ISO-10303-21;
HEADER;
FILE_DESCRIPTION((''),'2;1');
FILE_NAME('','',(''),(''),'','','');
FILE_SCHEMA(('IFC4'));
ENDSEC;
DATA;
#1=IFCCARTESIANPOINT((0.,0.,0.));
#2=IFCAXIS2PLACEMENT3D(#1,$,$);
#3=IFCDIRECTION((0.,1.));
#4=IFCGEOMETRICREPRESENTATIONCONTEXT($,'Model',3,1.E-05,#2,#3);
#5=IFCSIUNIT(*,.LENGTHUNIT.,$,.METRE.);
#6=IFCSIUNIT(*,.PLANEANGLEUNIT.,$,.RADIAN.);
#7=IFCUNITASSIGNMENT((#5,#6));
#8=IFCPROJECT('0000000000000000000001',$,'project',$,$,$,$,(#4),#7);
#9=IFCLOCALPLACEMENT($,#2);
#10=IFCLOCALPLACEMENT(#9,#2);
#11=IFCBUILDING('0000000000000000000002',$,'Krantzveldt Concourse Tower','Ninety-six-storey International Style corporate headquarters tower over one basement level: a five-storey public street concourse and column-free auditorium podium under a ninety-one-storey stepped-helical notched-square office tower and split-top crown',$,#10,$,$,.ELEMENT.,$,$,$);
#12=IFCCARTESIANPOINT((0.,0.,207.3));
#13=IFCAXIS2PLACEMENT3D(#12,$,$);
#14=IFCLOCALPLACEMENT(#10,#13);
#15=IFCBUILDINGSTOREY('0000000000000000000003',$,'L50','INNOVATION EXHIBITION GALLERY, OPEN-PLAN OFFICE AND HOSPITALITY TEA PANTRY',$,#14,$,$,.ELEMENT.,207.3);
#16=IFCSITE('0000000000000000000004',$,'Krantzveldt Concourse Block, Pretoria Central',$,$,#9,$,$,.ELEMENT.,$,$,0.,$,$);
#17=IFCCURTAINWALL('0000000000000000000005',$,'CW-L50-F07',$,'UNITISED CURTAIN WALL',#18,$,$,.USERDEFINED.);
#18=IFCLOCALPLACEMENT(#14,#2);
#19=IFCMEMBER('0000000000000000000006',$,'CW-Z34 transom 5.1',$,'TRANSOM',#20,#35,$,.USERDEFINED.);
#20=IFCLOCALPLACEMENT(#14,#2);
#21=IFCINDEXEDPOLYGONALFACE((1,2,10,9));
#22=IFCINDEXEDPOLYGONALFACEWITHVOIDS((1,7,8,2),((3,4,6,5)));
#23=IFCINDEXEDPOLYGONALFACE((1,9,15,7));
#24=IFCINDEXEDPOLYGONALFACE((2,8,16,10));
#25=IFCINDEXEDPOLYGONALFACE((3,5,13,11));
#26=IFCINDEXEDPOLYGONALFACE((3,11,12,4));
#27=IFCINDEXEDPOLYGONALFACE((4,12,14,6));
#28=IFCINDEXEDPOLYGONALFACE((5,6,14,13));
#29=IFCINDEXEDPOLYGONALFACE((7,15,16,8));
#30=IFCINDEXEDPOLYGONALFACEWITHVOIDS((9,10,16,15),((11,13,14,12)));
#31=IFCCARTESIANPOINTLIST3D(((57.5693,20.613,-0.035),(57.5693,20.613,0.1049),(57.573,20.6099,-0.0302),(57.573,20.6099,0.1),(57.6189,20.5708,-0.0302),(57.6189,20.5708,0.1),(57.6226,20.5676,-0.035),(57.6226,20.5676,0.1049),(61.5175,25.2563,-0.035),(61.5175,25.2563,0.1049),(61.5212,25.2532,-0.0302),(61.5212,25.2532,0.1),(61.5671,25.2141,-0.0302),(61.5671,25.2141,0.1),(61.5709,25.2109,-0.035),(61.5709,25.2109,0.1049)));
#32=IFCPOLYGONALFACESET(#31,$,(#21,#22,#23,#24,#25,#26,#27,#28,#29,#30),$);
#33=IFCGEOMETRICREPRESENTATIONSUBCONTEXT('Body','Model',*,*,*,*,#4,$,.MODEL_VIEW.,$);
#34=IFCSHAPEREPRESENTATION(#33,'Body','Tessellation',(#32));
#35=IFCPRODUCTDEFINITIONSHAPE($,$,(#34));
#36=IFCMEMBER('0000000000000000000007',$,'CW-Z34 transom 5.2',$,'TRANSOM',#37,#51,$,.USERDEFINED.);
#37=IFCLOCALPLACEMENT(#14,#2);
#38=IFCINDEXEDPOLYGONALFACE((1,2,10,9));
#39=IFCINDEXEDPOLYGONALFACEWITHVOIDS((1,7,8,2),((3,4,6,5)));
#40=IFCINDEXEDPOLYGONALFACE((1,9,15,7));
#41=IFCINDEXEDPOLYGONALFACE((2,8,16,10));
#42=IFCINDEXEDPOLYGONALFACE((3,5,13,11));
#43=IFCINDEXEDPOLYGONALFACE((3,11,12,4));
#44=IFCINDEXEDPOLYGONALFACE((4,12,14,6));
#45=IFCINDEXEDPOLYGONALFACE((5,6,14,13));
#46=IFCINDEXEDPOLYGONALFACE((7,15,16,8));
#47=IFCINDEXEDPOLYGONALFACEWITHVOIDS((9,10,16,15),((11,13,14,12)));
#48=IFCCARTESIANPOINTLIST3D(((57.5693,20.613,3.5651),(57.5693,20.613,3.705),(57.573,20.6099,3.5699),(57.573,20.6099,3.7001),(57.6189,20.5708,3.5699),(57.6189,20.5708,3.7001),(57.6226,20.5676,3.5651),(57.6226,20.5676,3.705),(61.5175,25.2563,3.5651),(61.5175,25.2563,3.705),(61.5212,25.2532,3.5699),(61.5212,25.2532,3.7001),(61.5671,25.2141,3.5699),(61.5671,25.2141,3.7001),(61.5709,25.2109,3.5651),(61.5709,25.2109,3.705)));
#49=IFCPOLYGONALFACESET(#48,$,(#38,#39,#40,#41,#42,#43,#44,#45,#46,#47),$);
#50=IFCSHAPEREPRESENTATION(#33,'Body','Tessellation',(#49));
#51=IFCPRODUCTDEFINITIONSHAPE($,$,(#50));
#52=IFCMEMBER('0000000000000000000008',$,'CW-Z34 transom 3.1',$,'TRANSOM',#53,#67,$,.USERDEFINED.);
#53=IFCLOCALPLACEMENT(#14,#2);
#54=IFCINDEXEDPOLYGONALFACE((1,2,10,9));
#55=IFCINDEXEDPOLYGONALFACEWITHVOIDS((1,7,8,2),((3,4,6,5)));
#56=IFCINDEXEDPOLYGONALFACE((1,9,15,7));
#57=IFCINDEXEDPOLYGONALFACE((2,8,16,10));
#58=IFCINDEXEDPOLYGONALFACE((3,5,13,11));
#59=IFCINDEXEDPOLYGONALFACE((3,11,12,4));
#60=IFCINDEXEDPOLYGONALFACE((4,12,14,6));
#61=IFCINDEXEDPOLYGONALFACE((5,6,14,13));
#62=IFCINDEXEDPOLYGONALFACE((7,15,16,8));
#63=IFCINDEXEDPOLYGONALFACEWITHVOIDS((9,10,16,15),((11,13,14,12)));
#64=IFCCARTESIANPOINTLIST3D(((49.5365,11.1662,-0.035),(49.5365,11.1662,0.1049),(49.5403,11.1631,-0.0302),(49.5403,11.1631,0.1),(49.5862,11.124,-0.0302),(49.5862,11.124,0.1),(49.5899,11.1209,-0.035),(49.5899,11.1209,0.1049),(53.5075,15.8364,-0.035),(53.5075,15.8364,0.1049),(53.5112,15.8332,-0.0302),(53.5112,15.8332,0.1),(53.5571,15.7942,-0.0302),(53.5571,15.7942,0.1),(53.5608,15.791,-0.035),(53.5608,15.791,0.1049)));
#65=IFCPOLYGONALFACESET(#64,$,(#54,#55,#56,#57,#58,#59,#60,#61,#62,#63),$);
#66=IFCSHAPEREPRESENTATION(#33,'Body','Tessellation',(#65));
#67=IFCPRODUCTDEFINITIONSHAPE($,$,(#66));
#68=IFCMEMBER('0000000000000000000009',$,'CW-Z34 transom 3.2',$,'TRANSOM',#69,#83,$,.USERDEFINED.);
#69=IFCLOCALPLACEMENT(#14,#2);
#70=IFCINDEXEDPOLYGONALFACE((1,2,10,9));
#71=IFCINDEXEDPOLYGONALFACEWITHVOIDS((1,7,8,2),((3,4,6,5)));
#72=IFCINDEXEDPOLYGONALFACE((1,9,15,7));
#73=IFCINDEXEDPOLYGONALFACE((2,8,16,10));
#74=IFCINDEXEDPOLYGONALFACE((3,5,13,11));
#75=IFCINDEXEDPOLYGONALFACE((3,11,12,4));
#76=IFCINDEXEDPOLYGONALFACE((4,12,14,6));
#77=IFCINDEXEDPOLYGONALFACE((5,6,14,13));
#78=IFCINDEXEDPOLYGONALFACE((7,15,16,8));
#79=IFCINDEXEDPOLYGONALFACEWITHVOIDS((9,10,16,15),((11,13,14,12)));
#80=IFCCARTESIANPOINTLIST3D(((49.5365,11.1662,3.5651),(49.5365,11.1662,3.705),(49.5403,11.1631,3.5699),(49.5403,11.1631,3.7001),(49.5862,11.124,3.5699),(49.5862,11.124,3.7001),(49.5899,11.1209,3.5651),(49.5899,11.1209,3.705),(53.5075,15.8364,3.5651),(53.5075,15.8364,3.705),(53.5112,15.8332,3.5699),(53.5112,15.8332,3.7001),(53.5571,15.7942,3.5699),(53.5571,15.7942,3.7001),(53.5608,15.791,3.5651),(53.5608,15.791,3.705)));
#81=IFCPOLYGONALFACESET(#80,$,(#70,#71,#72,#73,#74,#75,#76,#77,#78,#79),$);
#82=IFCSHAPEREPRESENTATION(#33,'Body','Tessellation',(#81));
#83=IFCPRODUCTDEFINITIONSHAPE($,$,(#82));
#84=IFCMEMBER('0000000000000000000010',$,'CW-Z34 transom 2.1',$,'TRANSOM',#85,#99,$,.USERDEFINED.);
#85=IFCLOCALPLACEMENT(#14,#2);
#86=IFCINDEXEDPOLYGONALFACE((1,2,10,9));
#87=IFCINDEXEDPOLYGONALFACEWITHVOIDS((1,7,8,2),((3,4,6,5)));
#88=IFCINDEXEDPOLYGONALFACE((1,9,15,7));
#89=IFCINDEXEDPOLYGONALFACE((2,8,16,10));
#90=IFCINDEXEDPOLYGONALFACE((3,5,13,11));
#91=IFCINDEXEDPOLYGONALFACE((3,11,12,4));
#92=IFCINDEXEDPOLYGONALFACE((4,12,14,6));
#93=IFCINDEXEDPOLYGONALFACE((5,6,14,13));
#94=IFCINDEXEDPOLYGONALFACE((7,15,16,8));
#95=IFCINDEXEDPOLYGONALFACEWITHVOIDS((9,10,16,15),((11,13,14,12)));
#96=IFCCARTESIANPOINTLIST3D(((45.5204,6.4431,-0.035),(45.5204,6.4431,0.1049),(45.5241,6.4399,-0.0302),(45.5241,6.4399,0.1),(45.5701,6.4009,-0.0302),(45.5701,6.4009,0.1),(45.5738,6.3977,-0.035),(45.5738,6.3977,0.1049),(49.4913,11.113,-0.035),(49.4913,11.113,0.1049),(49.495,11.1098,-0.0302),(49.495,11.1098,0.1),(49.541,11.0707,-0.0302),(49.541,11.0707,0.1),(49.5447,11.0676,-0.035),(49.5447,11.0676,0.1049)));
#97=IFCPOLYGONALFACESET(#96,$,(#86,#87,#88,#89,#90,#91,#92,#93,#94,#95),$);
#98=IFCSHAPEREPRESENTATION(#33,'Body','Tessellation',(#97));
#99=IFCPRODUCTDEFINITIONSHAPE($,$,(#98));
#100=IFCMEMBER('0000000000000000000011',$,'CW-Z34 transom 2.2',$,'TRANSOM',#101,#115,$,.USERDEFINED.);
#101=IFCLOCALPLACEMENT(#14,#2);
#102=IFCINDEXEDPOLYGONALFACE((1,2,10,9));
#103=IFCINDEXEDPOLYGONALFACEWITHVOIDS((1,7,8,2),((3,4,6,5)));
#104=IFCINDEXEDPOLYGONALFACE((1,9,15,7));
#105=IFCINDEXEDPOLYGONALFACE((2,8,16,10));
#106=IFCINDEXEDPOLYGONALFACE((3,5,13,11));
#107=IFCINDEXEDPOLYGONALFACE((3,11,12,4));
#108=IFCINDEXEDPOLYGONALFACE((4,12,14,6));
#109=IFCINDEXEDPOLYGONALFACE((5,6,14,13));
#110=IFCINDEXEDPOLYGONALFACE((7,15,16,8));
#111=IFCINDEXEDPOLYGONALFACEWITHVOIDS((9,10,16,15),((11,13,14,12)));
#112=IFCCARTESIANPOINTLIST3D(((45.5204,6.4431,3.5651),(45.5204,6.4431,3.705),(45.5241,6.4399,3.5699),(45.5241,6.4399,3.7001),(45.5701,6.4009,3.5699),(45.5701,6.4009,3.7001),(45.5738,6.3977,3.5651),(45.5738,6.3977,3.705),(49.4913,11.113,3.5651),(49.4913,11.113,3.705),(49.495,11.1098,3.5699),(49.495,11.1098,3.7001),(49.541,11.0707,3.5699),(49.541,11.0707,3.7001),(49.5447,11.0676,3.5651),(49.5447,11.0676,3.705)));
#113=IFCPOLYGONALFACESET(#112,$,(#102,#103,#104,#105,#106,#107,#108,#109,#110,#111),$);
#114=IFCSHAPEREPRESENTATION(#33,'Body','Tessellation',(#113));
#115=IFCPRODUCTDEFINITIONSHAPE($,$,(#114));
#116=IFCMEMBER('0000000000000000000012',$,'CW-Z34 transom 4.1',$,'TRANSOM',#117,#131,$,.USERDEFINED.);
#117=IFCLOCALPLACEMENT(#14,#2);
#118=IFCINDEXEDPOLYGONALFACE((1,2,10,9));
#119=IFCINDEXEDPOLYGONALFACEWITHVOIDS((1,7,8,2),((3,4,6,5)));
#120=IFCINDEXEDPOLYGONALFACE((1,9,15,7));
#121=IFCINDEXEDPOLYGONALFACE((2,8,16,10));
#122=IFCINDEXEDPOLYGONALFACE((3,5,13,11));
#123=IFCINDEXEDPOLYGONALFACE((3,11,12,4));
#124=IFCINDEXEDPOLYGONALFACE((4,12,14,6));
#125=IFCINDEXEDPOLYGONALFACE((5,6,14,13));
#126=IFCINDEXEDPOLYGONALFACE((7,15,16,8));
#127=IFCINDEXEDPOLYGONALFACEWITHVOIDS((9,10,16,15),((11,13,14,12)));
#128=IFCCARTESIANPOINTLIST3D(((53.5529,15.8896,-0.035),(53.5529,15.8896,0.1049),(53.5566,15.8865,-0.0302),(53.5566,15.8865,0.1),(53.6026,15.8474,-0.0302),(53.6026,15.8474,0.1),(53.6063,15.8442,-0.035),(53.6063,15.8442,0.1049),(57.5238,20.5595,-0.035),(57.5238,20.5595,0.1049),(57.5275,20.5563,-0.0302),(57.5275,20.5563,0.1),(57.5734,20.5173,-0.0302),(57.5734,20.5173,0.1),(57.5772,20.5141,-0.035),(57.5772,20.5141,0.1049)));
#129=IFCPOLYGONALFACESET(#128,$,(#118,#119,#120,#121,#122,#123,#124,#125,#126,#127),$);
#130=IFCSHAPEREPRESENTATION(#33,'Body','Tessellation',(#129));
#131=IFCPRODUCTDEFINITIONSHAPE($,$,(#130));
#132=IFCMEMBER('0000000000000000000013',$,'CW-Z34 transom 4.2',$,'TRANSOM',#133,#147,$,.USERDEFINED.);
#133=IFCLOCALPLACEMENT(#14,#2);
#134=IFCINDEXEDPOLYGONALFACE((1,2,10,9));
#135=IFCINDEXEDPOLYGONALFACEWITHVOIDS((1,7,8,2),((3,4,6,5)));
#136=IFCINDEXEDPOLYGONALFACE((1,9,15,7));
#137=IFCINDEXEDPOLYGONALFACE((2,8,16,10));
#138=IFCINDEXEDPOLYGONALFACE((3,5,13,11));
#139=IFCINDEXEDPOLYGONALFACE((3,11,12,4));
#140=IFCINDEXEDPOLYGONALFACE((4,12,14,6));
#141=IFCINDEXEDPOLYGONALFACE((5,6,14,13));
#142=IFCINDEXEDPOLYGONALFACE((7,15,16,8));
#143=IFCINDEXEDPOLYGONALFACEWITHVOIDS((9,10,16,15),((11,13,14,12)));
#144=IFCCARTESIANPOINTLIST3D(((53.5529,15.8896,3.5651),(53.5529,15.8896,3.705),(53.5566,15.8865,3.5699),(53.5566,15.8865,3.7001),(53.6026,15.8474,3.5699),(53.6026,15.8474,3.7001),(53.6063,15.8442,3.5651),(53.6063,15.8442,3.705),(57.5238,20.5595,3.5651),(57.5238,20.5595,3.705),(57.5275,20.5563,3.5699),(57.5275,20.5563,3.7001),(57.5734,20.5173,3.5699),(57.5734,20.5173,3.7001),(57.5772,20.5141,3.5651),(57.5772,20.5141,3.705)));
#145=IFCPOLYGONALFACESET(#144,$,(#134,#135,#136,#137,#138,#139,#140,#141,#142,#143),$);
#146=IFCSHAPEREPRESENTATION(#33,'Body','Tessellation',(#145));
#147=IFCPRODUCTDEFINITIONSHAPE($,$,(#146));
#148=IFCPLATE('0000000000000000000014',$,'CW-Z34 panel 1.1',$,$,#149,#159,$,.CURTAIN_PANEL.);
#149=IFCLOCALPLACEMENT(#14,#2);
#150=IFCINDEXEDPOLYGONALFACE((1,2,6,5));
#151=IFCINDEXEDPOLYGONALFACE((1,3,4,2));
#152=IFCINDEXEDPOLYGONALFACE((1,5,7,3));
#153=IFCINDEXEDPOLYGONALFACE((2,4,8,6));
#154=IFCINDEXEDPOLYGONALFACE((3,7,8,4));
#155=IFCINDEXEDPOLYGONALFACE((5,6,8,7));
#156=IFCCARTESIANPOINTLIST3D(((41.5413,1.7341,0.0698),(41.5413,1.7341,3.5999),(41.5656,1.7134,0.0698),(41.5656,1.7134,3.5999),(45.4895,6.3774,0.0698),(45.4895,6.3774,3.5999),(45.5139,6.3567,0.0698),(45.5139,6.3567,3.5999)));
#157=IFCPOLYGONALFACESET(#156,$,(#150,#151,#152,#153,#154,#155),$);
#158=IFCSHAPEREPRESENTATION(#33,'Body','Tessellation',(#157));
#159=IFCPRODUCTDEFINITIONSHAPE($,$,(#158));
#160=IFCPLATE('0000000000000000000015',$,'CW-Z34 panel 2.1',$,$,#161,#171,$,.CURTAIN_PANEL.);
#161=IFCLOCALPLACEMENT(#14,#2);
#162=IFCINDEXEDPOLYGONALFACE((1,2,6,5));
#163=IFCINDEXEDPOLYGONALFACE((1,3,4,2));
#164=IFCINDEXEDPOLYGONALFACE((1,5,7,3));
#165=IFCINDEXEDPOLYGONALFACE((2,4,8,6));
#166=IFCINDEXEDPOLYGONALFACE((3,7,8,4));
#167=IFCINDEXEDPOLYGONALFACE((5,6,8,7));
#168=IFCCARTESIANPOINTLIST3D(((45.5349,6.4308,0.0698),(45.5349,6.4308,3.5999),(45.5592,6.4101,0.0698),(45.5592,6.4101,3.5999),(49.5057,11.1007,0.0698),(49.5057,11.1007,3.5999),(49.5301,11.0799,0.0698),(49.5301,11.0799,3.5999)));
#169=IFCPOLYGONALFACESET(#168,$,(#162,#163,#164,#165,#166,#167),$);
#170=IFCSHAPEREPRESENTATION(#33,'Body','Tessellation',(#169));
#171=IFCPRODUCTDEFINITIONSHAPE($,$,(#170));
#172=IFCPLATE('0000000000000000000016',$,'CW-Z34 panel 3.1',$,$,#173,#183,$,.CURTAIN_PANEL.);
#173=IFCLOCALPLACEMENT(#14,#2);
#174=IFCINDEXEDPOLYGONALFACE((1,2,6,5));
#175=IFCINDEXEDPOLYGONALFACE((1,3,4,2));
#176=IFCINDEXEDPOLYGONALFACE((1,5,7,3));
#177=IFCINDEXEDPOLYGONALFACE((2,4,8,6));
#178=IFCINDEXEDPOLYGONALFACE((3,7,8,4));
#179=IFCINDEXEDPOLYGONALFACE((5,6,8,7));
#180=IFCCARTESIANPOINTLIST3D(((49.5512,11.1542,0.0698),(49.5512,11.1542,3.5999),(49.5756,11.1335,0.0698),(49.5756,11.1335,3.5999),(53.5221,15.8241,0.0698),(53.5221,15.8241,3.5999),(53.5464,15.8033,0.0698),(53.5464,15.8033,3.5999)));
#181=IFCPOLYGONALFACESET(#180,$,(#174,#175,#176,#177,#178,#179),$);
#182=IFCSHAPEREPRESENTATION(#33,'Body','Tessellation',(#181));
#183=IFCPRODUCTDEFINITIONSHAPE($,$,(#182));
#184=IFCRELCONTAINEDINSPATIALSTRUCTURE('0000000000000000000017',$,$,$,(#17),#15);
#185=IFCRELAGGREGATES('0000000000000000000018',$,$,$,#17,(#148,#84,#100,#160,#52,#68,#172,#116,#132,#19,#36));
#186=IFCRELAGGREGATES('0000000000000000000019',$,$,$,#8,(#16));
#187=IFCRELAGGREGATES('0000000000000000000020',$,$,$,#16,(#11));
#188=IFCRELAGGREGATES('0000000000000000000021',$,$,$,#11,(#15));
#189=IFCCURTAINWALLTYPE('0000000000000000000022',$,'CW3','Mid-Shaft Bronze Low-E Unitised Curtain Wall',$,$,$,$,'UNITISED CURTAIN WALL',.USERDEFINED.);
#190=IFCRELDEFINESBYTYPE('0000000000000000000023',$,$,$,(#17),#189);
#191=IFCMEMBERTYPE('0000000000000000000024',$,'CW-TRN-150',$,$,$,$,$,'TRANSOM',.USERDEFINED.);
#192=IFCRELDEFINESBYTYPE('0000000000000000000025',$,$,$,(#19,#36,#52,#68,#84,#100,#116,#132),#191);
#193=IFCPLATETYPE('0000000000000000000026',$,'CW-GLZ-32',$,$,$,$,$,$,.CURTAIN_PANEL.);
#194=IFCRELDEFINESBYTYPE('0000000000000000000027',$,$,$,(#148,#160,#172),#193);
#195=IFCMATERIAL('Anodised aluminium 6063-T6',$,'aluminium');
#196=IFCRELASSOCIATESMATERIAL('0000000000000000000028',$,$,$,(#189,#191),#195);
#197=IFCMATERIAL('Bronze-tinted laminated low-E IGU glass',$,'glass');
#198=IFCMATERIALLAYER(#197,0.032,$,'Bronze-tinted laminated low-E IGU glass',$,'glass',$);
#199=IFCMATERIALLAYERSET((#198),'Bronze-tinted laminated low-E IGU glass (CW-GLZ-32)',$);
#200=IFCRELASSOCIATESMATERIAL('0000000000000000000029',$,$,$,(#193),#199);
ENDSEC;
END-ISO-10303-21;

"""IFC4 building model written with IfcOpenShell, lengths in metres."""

from ifc_helpers import new_model, si_unit, direction, frame, origin, origin_2d, place, context, subcontext, project, spatial, rectangle, hollow_rectangle, extrude, source, transform, mapped, material, layer, layer_set, material_profile, profile_set, type_object, type_shapes, element, aggregate, save


model = new_model("IFC4")

# Units and contexts
model_context = context("Model", 3, precision=1e-05, world=origin(), true_north=direction((0.0, 1.0)))
body_context = subcontext(model_context, "Body", "Model", "MODEL_VIEW")
ifc_project = project(units=[si_unit("LENGTHUNIT", "METRE"), si_unit("PLANEANGLEUNIT", "RADIAN")], contexts=[model_context])

# Site, building, storey
site_placement = place(None, origin())
site = spatial("IfcSite", under=ifc_project, at=site_placement, Name="Krantzveldt Concourse Block, Pretoria Central", CompositionType="ELEMENT", RefElevation=0.0)
building_placement = place(site_placement, origin())
building = spatial("IfcBuilding", under=site, at=building_placement, Name="Krantzveldt Concourse Tower", Description="Ninety-six-storey International Style corporate headquarters tower over one basement level: a five-storey public street concourse and column-free auditorium podium under a ninety-one-storey stepped-helical notched-square office tower and split-top crown", CompositionType="ELEMENT")
storey_placement = place(building_placement, frame((0.0, 0.0, 207.3)))
storey = spatial("IfcBuildingStorey", under=building, at=storey_placement, Name="L50", Description="INNOVATION EXHIBITION GALLERY, OPEN-PLAN OFFICE AND HOSPITALITY TEA PANTRY", CompositionType="ELEMENT", Elevation=207.3)

# Curtain wall, members, plates
ifc_material_1 = material(Name="Anodised aluminium 6063-T6", Category="aluminium")
curtain_wall_type = type_object("IfcCurtainWallType", Name="CW3", Description="Mid-Shaft Bronze Low-E Unitised Curtain Wall", ElementType="UNITISED CURTAIN WALL", PredefinedType="USERDEFINED", material=ifc_material_1)
curtain_wall_placement = place(storey_placement, origin())
curtain_wall = element("IfcCurtainWall", 1, at=curtain_wall_placement, inside=storey, type_object=curtain_wall_type, Name="CW-L50-F07", ObjectType="UNITISED CURTAIN WALL", PredefinedType="USERDEFINED")
ifc_material_profile_1 = material_profile(ifc_material_1, hollow_rectangle(XDim=0.0701, YDim=0.1399, WallThickness=0.0049, at=origin_2d()), Name="Anodised aluminium 6063-T6", Category="aluminium")
ifc_profile_set_1 = profile_set([ifc_material_profile_1], Name="Anodised aluminium 6063-T6 - ALU-TRAN 140x70x5")
member_type_1 = type_object("IfcMemberType", Name="CW-TRN-150", ElementType="TRANSOM", PredefinedType="USERDEFINED", material=ifc_profile_set_1)
shared_shape_1 = source(origin(), body_context, "Body", "SweptSolid", [
    extrude(hollow_rectangle(XDim=0.0701, YDim=0.1399, WallThickness=0.0049, at=origin_2d()), origin(), (0.0, 0.0, 1.0), 6.095),
])
member_1_placement = place(storey_placement, frame((57.5959, 20.5903, 0.0349), z_axis=(0.647784, 0.761824, 0.0), x_axis=(-0.761824, 0.647784, 0.0)))
member_1 = element("IfcMember", 2, at=member_1_placement, type_object=member_type_1, Name="CW-Z34 transom 5.1", ObjectType="TRANSOM", PredefinedType="USERDEFINED", context=body_context, shape_type="MappedRepresentation", body=[
    mapped(shared_shape_1, transform((0.0, 0.0, 0.0), x_axis=(1.0, 0.0, 0.0), y_axis=(0.0, 1.0, 0.0), z_axis=(0.0, 0.0, 1.0), scale=1.0)),
])
member_2_placement = place(storey_placement, frame((57.5959, 20.5903, 3.635), z_axis=(0.647784, 0.761824, 0.0), x_axis=(-0.761824, 0.647784, 0.0)))
member_2 = element("IfcMember", 3, at=member_2_placement, type_object=member_type_1, Name="CW-Z34 transom 5.2", ObjectType="TRANSOM", PredefinedType="USERDEFINED", context=body_context, shape_type="MappedRepresentation", body=[
    mapped(shared_shape_1, transform((0.0, 0.0, 0.0), x_axis=(1.0, 0.0, 0.0), y_axis=(0.0, 1.0, 0.0), z_axis=(0.0, 0.0, 1.0), scale=1.0)),
])
shared_shape_2 = source(origin(), body_context, "Body", "SweptSolid", [
    extrude(hollow_rectangle(XDim=0.0701, YDim=0.1399, WallThickness=0.0049, at=origin_2d()), origin(), (0.0, 0.0, 1.0), 6.1301),
])
member_3_placement = place(storey_placement, frame((49.5632, 11.1436, 0.0349), z_axis=(0.647772, 0.761834, 0.0), x_axis=(-0.761834, 0.647772, 0.0)))
member_3 = element("IfcMember", 4, at=member_3_placement, type_object=member_type_1, Name="CW-Z34 transom 3.1", ObjectType="TRANSOM", PredefinedType="USERDEFINED", context=body_context, shape_type="MappedRepresentation", body=[
    mapped(shared_shape_2, transform((0.0, 0.0, 0.0), x_axis=(1.0, 0.0, 0.0), y_axis=(0.0, 1.0, 0.0), z_axis=(0.0, 0.0, 1.0), scale=1.0)),
])
member_4_placement = place(storey_placement, frame((49.5632, 11.1436, 3.635), z_axis=(0.647772, 0.761834, 0.0), x_axis=(-0.761834, 0.647772, 0.0)))
member_4 = element("IfcMember", 5, at=member_4_placement, type_object=member_type_1, Name="CW-Z34 transom 3.2", ObjectType="TRANSOM", PredefinedType="USERDEFINED", context=body_context, shape_type="MappedRepresentation", body=[
    mapped(shared_shape_2, transform((0.0, 0.0, 0.0), x_axis=(1.0, 0.0, 0.0), y_axis=(0.0, 1.0, 0.0), z_axis=(0.0, 0.0, 1.0), scale=1.0)),
])
shared_shape_3 = source(origin(), body_context, "Body", "SweptSolid", [
    extrude(hollow_rectangle(XDim=0.0701, YDim=0.1399, WallThickness=0.0049, at=origin_2d()), origin(), (0.0, 0.0, 1.0), 6.1299),
])
type_shapes(member_type_1, [shared_shape_1, shared_shape_2, shared_shape_3])
member_5_placement = place(storey_placement, frame((45.5471, 6.4204, 0.0349), z_axis=(0.647792, 0.761817, 0.0), x_axis=(-0.761817, 0.647792, 0.0)))
member_5 = element("IfcMember", 6, at=member_5_placement, type_object=member_type_1, Name="CW-Z34 transom 2.1", ObjectType="TRANSOM", PredefinedType="USERDEFINED", context=body_context, shape_type="MappedRepresentation", body=[
    mapped(shared_shape_3, transform((0.0, 0.0, 0.0), x_axis=(1.0, 0.0, 0.0), y_axis=(0.0, 1.0, 0.0), z_axis=(0.0, 0.0, 1.0), scale=1.0)),
])
member_6_placement = place(storey_placement, frame((45.5471, 6.4204, 3.635), z_axis=(0.647792, 0.761817, 0.0), x_axis=(-0.761817, 0.647792, 0.0)))
member_6 = element("IfcMember", 7, at=member_6_placement, type_object=member_type_1, Name="CW-Z34 transom 2.2", ObjectType="TRANSOM", PredefinedType="USERDEFINED", context=body_context, shape_type="MappedRepresentation", body=[
    mapped(shared_shape_3, transform((0.0, 0.0, 0.0), x_axis=(1.0, 0.0, 0.0), y_axis=(0.0, 1.0, 0.0), z_axis=(0.0, 0.0, 1.0), scale=1.0)),
])
member_7_placement = place(storey_placement, frame((53.5796, 15.8669, 0.0349), z_axis=(0.647792, 0.761817, 0.0), x_axis=(-0.761817, 0.647792, 0.0)))
member_7 = element("IfcMember", 8, at=member_7_placement, type_object=member_type_1, Name="CW-Z34 transom 4.1", ObjectType="TRANSOM", PredefinedType="USERDEFINED", context=body_context, shape_type="MappedRepresentation", body=[
    mapped(shared_shape_3, transform((0.0, 0.0, 0.0), x_axis=(1.0, 0.0, 0.0), y_axis=(0.0, 1.0, 0.0), z_axis=(0.0, 0.0, 1.0), scale=1.0)),
])
member_8_placement = place(storey_placement, frame((53.5796, 15.8669, 3.635), z_axis=(0.647792, 0.761817, 0.0), x_axis=(-0.761817, 0.647792, 0.0)))
member_8 = element("IfcMember", 9, at=member_8_placement, type_object=member_type_1, Name="CW-Z34 transom 4.2", ObjectType="TRANSOM", PredefinedType="USERDEFINED", context=body_context, shape_type="MappedRepresentation", body=[
    mapped(shared_shape_3, transform((0.0, 0.0, 0.0), x_axis=(1.0, 0.0, 0.0), y_axis=(0.0, 1.0, 0.0), z_axis=(0.0, 0.0, 1.0), scale=1.0)),
])
ifc_material_2 = material(Name="Bronze-tinted laminated low-E IGU glass", Category="glass")
ifc_layer_1 = layer(ifc_material_2, 0.032, Name="Bronze-tinted laminated low-E IGU glass", Category="glass")
ifc_layer_set_1 = layer_set([ifc_layer_1], Name="Bronze-tinted laminated low-E IGU glass (CW-GLZ-32)")
plate_type = type_object("IfcPlateType", Name="CW-GLZ-32", PredefinedType="CURTAIN_PANEL", material=ifc_layer_set_1)
shared_shape_4 = source(origin(), body_context, "Body", "SweptSolid", [
    extrude(rectangle(XDim=6.095, YDim=0.032, at=origin_2d()), origin(), (0.0, 0.0, 1.0), 3.53),
])
plate_1_placement = place(storey_placement, frame((43.5276, 4.0454, 0.0698), z_axis=(0.0, 0.0, 1.0), x_axis=(0.647788, 0.761821, 0.0)))
plate_1 = element("IfcPlate", 10, at=plate_1_placement, type_object=plate_type, Name="CW-Z34 panel 1.1", PredefinedType="CURTAIN_PANEL", context=body_context, shape_type="MappedRepresentation", body=[
    mapped(shared_shape_4, transform((0.0, 0.0, 0.0), x_axis=(1.0, 0.0, 0.0), y_axis=(0.0, 1.0, 0.0), z_axis=(0.0, 0.0, 1.0), scale=1.0)),
])
shared_shape_5 = source(origin(), body_context, "Body", "SweptSolid", [
    extrude(rectangle(XDim=6.1299, YDim=0.032, at=origin_2d()), origin(), (0.0, 0.0, 1.0), 3.53),
])
type_shapes(plate_type, [shared_shape_4, shared_shape_5])
plate_2_placement = place(storey_placement, frame((47.5325, 8.7554, 0.0698), z_axis=(0.0, 0.0, 1.0), x_axis=(0.647788, 0.761821, 0.0)))
plate_2 = element("IfcPlate", 11, at=plate_2_placement, type_object=plate_type, Name="CW-Z34 panel 2.1", PredefinedType="CURTAIN_PANEL", context=body_context, shape_type="MappedRepresentation", body=[
    mapped(shared_shape_5, transform((0.0, 0.0, 0.0), x_axis=(1.0, 0.0, 0.0), y_axis=(0.0, 1.0, 0.0), z_axis=(0.0, 0.0, 1.0), scale=1.0)),
])
plate_3_placement = place(storey_placement, frame((51.5488, 13.4788, 0.0698), z_axis=(0.0, 0.0, 1.0), x_axis=(0.647788, 0.761821, 0.0)))
plate_3 = element("IfcPlate", 12, at=plate_3_placement, type_object=plate_type, Name="CW-Z34 panel 3.1", PredefinedType="CURTAIN_PANEL", context=body_context, shape_type="MappedRepresentation", body=[
    mapped(shared_shape_5, transform((0.0, 0.0, 0.0), x_axis=(1.0, 0.0, 0.0), y_axis=(0.0, 1.0, 0.0), z_axis=(0.0, 0.0, 1.0), scale=1.0)),
])
aggregate(curtain_wall, [plate_1, member_5, member_6, plate_2, member_3, member_4, plate_3, member_7, member_8, member_1, member_2])

save(model, "model.ifc")
